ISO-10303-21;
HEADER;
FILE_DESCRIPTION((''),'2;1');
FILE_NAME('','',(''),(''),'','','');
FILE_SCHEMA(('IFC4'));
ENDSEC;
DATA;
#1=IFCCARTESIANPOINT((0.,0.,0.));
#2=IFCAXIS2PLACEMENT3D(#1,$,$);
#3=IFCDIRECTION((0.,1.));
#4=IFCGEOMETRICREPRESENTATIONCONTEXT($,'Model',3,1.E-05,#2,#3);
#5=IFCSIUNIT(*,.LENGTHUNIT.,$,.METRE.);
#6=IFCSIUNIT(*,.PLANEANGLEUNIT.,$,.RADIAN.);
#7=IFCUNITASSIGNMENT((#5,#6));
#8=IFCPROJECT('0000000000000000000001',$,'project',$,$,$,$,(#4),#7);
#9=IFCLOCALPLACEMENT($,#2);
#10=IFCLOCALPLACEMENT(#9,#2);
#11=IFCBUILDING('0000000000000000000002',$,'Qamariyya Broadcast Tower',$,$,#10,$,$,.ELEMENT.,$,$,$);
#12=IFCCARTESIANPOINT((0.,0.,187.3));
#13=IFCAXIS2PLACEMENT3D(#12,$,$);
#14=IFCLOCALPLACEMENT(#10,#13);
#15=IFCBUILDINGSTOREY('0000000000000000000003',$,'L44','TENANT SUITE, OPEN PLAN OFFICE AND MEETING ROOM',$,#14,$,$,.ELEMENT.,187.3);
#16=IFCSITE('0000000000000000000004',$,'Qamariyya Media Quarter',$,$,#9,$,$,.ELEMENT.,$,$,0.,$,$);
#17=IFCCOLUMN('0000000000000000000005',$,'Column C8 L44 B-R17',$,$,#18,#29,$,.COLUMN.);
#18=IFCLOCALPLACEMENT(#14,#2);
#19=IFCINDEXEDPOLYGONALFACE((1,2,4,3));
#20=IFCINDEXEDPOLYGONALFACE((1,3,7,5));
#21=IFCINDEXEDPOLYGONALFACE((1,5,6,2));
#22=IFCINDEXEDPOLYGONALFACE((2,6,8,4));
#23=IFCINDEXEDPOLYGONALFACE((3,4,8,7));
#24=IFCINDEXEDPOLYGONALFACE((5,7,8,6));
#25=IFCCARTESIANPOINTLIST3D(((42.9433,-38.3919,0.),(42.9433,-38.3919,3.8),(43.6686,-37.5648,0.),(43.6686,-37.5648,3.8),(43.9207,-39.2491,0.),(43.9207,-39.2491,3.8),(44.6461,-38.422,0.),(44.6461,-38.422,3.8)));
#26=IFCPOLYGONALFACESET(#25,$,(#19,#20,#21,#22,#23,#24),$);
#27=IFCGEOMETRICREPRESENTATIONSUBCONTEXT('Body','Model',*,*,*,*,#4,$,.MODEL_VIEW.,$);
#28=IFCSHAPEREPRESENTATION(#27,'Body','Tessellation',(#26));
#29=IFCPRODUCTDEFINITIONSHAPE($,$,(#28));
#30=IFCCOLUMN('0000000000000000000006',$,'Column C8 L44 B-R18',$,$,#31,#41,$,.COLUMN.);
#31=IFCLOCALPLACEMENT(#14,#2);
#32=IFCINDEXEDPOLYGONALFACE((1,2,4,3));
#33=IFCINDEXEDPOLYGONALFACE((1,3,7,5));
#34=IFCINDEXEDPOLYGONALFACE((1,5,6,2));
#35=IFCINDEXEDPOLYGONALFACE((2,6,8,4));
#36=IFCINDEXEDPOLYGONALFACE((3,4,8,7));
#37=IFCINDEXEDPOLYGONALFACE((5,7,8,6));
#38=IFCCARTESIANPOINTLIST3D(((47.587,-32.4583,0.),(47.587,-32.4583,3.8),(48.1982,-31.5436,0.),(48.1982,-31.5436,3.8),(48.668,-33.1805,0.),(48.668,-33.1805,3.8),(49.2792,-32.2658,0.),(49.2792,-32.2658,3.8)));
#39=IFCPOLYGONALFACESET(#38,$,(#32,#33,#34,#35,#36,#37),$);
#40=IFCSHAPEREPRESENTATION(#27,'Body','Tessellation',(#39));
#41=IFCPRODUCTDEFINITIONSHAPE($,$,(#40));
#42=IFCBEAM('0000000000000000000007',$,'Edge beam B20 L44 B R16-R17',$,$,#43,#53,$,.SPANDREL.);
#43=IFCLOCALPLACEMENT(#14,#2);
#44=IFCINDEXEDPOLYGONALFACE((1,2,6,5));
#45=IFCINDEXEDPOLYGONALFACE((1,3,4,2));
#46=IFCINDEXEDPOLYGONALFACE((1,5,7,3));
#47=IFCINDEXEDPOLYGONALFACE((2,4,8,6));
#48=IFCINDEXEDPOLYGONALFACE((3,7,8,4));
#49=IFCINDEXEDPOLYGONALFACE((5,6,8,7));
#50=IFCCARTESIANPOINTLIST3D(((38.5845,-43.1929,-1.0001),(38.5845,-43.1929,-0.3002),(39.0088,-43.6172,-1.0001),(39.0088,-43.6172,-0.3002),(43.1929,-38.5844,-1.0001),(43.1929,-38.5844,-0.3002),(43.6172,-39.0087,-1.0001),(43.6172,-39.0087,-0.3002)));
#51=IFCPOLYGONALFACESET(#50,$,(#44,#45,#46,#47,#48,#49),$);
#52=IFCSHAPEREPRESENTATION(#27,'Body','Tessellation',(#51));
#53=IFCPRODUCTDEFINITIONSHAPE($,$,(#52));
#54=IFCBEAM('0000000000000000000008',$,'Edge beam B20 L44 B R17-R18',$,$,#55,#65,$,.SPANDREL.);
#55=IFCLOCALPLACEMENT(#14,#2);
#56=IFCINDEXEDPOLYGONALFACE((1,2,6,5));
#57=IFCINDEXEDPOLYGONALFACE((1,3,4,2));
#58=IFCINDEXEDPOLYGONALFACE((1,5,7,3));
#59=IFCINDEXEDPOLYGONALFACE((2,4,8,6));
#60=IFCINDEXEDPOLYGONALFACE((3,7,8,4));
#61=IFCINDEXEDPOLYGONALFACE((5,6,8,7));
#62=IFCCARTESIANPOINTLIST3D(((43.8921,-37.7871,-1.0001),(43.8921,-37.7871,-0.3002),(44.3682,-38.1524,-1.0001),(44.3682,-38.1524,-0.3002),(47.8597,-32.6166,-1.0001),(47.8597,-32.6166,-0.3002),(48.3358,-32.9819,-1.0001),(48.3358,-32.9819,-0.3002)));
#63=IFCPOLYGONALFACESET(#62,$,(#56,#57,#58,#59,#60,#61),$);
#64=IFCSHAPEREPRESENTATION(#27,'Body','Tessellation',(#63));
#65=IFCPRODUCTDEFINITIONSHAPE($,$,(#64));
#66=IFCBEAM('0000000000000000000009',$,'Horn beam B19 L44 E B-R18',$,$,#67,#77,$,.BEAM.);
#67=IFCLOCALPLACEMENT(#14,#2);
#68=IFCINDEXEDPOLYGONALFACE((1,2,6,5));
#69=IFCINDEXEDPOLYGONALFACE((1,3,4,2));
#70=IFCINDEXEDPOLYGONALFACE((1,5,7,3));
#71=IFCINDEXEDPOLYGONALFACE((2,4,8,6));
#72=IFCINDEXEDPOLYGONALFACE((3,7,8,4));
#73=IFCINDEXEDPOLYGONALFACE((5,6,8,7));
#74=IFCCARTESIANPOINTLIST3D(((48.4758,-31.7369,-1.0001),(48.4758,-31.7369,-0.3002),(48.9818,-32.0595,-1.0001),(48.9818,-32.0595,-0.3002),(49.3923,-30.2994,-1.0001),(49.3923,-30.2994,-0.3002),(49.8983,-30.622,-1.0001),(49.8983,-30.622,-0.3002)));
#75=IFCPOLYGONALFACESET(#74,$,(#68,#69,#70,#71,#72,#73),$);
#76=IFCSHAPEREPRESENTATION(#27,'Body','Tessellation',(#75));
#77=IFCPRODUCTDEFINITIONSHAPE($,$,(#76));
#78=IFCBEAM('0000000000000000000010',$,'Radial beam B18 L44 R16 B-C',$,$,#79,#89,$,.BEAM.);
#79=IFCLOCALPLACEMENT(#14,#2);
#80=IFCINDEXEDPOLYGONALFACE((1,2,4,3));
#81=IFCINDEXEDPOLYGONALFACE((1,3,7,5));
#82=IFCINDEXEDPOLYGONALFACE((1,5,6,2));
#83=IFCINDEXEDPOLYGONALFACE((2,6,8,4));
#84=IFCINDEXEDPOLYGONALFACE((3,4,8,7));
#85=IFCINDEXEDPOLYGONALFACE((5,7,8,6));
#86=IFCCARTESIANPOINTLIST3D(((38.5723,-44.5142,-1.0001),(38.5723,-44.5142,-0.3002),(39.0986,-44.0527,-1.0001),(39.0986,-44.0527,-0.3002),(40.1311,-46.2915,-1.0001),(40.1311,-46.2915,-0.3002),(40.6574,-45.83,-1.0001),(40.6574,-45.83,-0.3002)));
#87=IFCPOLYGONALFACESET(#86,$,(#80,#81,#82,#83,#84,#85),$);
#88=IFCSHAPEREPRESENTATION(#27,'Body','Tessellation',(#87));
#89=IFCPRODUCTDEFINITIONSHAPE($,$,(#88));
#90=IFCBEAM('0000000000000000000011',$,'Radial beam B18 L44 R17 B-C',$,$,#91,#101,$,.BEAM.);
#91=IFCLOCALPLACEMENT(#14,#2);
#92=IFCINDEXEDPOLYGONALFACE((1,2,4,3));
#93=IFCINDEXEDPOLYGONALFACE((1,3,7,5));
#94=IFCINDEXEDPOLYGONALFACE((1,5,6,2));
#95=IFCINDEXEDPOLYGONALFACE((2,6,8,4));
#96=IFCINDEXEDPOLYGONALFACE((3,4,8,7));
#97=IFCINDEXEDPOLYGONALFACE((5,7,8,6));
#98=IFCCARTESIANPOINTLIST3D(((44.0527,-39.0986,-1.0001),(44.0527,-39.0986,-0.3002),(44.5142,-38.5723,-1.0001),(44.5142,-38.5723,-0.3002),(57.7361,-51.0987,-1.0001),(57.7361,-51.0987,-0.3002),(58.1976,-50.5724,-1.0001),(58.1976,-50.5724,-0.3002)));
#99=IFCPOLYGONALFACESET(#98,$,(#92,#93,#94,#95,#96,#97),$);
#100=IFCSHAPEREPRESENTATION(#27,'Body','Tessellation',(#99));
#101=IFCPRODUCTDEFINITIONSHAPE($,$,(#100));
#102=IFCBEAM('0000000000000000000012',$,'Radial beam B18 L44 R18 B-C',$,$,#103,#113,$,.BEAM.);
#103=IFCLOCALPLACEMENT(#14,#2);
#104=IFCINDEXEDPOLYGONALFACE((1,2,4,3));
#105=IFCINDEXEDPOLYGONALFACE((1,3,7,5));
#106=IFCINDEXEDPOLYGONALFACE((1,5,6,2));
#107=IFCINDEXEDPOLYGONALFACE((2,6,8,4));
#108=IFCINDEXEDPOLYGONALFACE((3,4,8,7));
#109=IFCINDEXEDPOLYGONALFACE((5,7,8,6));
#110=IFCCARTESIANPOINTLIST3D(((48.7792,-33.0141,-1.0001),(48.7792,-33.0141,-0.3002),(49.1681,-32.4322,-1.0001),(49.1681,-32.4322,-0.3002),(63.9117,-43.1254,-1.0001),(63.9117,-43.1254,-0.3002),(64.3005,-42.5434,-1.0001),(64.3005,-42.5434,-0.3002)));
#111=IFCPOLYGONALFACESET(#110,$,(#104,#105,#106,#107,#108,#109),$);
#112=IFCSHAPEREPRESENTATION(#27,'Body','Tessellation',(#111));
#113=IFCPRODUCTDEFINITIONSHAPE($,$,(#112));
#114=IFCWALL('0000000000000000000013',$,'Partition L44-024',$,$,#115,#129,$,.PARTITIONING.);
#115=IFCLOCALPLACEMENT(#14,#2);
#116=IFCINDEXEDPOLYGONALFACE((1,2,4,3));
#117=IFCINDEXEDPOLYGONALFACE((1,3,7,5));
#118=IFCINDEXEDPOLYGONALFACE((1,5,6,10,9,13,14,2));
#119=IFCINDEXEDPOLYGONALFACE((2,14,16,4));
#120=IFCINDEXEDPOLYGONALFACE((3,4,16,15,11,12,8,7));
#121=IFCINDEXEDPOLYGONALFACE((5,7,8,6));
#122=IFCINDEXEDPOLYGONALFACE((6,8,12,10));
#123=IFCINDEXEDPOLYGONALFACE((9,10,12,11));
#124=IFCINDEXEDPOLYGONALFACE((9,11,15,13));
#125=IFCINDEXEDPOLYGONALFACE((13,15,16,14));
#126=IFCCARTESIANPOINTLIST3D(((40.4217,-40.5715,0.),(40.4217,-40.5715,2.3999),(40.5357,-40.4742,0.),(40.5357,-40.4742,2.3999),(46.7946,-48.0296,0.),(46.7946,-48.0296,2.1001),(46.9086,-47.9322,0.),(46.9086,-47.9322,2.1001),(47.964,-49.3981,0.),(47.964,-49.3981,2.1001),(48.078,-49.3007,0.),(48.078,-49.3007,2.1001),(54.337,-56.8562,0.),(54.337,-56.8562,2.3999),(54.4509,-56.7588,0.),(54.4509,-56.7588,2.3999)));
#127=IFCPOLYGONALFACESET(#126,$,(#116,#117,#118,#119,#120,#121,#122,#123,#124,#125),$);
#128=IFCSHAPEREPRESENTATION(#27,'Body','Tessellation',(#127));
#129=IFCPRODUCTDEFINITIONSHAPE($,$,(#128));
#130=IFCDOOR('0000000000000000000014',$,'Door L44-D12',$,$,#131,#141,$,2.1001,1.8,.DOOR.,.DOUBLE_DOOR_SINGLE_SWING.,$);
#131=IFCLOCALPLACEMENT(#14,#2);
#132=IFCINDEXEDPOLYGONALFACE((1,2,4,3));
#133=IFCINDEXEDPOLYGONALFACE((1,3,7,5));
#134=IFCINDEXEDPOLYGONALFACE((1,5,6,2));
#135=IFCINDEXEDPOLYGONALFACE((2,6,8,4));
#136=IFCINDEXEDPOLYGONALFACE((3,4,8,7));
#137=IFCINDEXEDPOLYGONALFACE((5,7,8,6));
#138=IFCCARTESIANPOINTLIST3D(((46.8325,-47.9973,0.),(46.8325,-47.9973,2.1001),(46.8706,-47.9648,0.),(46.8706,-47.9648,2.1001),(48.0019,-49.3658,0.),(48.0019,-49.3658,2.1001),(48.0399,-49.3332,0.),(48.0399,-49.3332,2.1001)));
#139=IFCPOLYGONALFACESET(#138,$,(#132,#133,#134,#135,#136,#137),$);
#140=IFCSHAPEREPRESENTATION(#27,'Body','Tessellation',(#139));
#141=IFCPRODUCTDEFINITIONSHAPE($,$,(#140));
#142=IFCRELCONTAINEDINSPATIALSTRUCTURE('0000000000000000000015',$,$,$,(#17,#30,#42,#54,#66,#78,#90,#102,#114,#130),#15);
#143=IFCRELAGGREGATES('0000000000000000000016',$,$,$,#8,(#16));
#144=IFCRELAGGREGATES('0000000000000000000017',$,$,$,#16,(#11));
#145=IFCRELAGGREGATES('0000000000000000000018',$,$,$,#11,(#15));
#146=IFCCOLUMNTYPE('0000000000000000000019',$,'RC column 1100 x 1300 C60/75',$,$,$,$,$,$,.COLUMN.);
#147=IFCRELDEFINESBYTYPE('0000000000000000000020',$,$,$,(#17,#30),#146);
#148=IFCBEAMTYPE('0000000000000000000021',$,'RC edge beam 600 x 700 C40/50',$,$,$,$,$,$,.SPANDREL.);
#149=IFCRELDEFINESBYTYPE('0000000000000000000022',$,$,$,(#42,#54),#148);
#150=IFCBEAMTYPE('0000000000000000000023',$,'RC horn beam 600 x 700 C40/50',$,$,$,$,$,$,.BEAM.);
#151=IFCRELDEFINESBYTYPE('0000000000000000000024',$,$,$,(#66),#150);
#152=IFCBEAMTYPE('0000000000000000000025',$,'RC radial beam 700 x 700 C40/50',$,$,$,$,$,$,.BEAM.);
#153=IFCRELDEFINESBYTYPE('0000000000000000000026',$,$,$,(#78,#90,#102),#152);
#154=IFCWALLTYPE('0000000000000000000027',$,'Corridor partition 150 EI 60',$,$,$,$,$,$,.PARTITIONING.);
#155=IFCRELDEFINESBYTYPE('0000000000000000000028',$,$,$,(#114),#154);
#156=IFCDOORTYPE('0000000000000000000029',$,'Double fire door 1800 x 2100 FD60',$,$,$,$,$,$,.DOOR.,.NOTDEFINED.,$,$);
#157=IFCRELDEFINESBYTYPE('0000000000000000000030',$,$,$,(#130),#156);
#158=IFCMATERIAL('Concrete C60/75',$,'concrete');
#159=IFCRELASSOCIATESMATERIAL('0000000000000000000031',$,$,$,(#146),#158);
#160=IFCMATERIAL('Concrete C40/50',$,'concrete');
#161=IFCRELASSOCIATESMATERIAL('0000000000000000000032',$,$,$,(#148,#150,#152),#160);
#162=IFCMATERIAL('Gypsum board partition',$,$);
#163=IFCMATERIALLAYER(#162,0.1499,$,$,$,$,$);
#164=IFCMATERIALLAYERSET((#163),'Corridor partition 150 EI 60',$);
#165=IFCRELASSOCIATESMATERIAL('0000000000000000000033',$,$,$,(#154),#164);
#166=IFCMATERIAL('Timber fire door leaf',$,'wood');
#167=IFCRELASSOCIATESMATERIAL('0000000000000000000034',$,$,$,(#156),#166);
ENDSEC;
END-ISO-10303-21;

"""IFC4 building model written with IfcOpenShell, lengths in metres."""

from ifc_helpers import new_model, si_unit, direction, frame, frame_2d, origin, origin_2d, place, context, subcontext, project, spatial, rectangle, extrude, material, layer, layer_set, material_profile, profile_set, type_object, element, fill, save


model = new_model("IFC4")

# Units and contexts
model_context = context("Model", 3, precision=1e-05, world=origin(), true_north=direction((0.0, 1.0)))
body_context = subcontext(model_context, "Body", "Model", "MODEL_VIEW")
ifc_project = project(units=[si_unit("LENGTHUNIT", "METRE"), si_unit("PLANEANGLEUNIT", "RADIAN")], contexts=[model_context])

# Site, building, storey
site_placement = place(None, origin())
site = spatial("IfcSite", under=ifc_project, at=site_placement, Name="Qamariyya Media Quarter", CompositionType="ELEMENT", RefElevation=0.0)
building_placement = place(site_placement, origin())
building = spatial("IfcBuilding", under=site, at=building_placement, Name="Qamariyya Broadcast Tower", CompositionType="ELEMENT")
storey_placement = place(building_placement, frame((0.0, 0.0, 187.3)))
storey = spatial("IfcBuildingStorey", under=building, at=storey_placement, Name="L44", Description="TENANT SUITE, OPEN PLAN OFFICE AND MEETING ROOM", CompositionType="ELEMENT", Elevation=187.3)

# Columns
ifc_material_1 = material(Name="Concrete C60/75", Category="concrete")
ifc_material_profile_1 = material_profile(ifc_material_1, rectangle(XDim=1.1001, YDim=1.3, at=origin_2d()))
ifc_profile_set_1 = profile_set([ifc_material_profile_1], Name="Concrete C60/75")
column_type = type_object("IfcColumnType", Name="RC column 1100 x 1300 C60/75", PredefinedType="COLUMN", material=ifc_profile_set_1)
for number, where, z_axis, x_axis, name in (
    (1, (43.7947, -38.407, 0.0), (0.0, 0.0, 1.0), (0.659346, 0.75184, 0.0), "Column C8 L44 B-R17"),
    (2, (48.4331, -32.3621, 0.0), (0.0, 0.0, 1.0), (0.55557, 0.83147, 0.0), "Column C8 L44 B-R18"),
):
    element("IfcColumn", number, at=place(storey_placement, frame(where, z_axis=z_axis, x_axis=x_axis)), inside=storey, type_object=column_type, Name=name, PredefinedType="COLUMN", context=body_context, shape_type="SweptSolid", body=[
        extrude(rectangle(XDim=1.1001, YDim=1.3, at=origin_2d()), origin(), (0.0, 0.0, 1.0), 3.8),
    ])

# Beams
ifc_material_2 = material(Name="Concrete C40/50", Category="concrete")
ifc_material_profile_2 = material_profile(ifc_material_2, rectangle(XDim=0.6001, YDim=0.7, at=origin_2d()))
ifc_profile_set_2 = profile_set([ifc_material_profile_2], Name="Concrete C40/50")
beam_type_1 = type_object("IfcBeamType", Name="RC edge beam 600 x 700 C40/50", PredefinedType="SPANDREL", material=ifc_profile_set_2)
for number, where, z_axis, x_axis, name in (
    (3, (38.7966, -43.405, -0.6501), (0.707107, 0.707107, 0.0), (-0.707107, 0.707107, 0.0), "Edge beam B20 L44 B R16-R17"),
    (4, (44.1301, -37.9697, -0.6501), (0.608774, 0.793343, 0.0), (-0.793343, 0.608774, 0.0), "Edge beam B20 L44 B R17-R18"),
):
    element("IfcBeam", number, at=place(storey_placement, frame(where, z_axis=z_axis, x_axis=x_axis)), inside=storey, type_object=beam_type_1, Name=name, PredefinedType="SPANDREL", context=body_context, shape_type="SweptSolid", body=[
        extrude(rectangle(XDim=0.6001, YDim=0.7, at=origin_2d()), origin(), (0.0, 0.0, 1.0), 6.5173),
    ])
ifc_material_profile_3 = material_profile(ifc_material_2, rectangle(XDim=0.6001, YDim=0.7, at=origin_2d()))
ifc_profile_set_3 = profile_set([ifc_material_profile_3], Name="Concrete C40/50")
beam_type_2 = type_object("IfcBeamType", Name="RC horn beam 600 x 700 C40/50", PredefinedType="BEAM", material=ifc_profile_set_3)
beam_1_placement = place(storey_placement, frame((48.7288, -31.8982, -0.6501), z_axis=(0.537598, 0.843201, 0.0), x_axis=(-0.843201, 0.537598, 0.0)))
element("IfcBeam", 5, at=beam_1_placement, inside=storey, type_object=beam_type_2, Name="Horn beam B19 L44 E B-R18", PredefinedType="BEAM", context=body_context, shape_type="SweptSolid", body=[
    extrude(rectangle(XDim=0.6001, YDim=0.7, at=origin_2d()), origin(), (0.0, 0.0, 1.0), 1.7048),
])
ifc_material_profile_4 = material_profile(ifc_material_2, rectangle(XDim=0.7, YDim=0.7, at=origin_2d()))
ifc_profile_set_4 = profile_set([ifc_material_profile_4], Name="Concrete C40/50")
beam_type_3 = type_object("IfcBeamType", Name="RC radial beam 700 x 700 C40/50", PredefinedType="BEAM", material=ifc_profile_set_4)
beam_2_placement = place(storey_placement, frame((38.8354, -44.2834, -0.6501), z_axis=(0.659382, -0.751809, 0.0), x_axis=(0.751809, 0.659382, 0.0)))
element("IfcBeam", 6, at=beam_2_placement, inside=storey, type_object=beam_type_3, Name="Radial beam B18 L44 R16 B-C", PredefinedType="BEAM", context=body_context, shape_type="SweptSolid", body=[
    extrude(rectangle(XDim=0.7, YDim=0.7, at=origin_2d()), origin(), (0.0, 0.0, 1.0), 2.364),
])
beam_3_placement = place(storey_placement, frame((44.2834, -38.8354, -0.6501), z_axis=(0.751839, -0.659347, 0.0), x_axis=(0.659347, 0.751839, 0.0)))
element("IfcBeam", 7, at=beam_3_placement, inside=storey, type_object=beam_type_3, Name="Radial beam B18 L44 R17 B-C", PredefinedType="BEAM", context=body_context, shape_type="SweptSolid", body=[
    extrude(rectangle(XDim=0.7, YDim=0.7, at=origin_2d()), origin(), (0.0, 0.0, 1.0), 18.2),
])
beam_4_placement = place(storey_placement, frame((48.9736, -32.7231, -0.6501), z_axis=(0.831468, -0.555573, 0.0), x_axis=(0.555573, 0.831468, 0.0)))
element("IfcBeam", 8, at=beam_4_placement, inside=storey, type_object=beam_type_3, Name="Radial beam B18 L44 R18 B-C", PredefinedType="BEAM", context=body_context, shape_type="SweptSolid", body=[
    extrude(rectangle(XDim=0.7, YDim=0.7, at=origin_2d()), origin(), (0.0, 0.0, 1.0), 18.1997),
])

# Wall, opening, door
ifc_material_3 = material(Name="Gypsum board partition")
ifc_layer_1 = layer(ifc_material_3, 0.1499)
ifc_layer_set_1 = layer_set([ifc_layer_1], Name="Corridor partition 150 EI 60")
wall_type_1 = type_object("IfcWallType", Name="Corridor partition 150 EI 60", PredefinedType="PARTITIONING", material=ifc_layer_set_1)
wall_1_placement = place(storey_placement, frame((40.4788, -40.5229, 0.0), z_axis=(0.0, 0.0, 1.0), x_axis=(0.649633, -0.760248, 0.0)))
wall_1 = element("IfcWall", 9, at=wall_1_placement, inside=storey, type_object=wall_type_1, Name="Partition L44-024", PredefinedType="PARTITIONING", context=body_context, shape_type="SweptSolid", body=[
    extrude(rectangle(XDim=21.4202, YDim=0.1499, at=frame_2d((10.71, 0.0))), origin(), (0.0, 0.0, 1.0), 2.3999),
])
opening_1_placement = place(wall_1_placement, frame((9.8101, 0.0, 0.0)))
opening_1 = element("IfcOpeningElement", 10, at=opening_1_placement, cuts=wall_1, PredefinedType="OPENING", context=body_context, shape_type="SweptSolid", body=[
    extrude(rectangle(XDim=1.8, YDim=2.1001, at=frame_2d((0.8999, 1.05))), frame((0.0, 0.085, 0.0), z_axis=(0.0, -1.0, 0.0), x_axis=(1.0, 0.0, 0.0)), (0.0, 0.0, 1.0), 0.1699),
])
ifc_material_4 = material(Name="Timber fire door leaf", Category="wood")
door_type = type_object("IfcDoorType", Name="Double fire door 1800 x 2100 FD60", OperationType="NOTDEFINED", PredefinedType="DOOR", material=ifc_material_4)
door_placement = place(opening_1_placement, origin())
door = element("IfcDoor", 11, at=door_placement, inside=storey, type_object=door_type, Name="Door L44-D12", OperationType="DOUBLE_DOOR_SINGLE_SWING", OverallHeight=2.1001, OverallWidth=1.8, PredefinedType="DOOR", context=body_context, shape_type="SweptSolid", body=[
    extrude(rectangle(XDim=1.8, YDim=2.1001, at=frame_2d((0.8999, 1.05))), frame((0.0, 0.0249, 0.0), z_axis=(0.0, -1.0, 0.0), x_axis=(1.0, 0.0, 0.0)), (0.0, 0.0, 1.0), 0.05),
])
fill(opening_1, door)

save(model, "model.ifc")
